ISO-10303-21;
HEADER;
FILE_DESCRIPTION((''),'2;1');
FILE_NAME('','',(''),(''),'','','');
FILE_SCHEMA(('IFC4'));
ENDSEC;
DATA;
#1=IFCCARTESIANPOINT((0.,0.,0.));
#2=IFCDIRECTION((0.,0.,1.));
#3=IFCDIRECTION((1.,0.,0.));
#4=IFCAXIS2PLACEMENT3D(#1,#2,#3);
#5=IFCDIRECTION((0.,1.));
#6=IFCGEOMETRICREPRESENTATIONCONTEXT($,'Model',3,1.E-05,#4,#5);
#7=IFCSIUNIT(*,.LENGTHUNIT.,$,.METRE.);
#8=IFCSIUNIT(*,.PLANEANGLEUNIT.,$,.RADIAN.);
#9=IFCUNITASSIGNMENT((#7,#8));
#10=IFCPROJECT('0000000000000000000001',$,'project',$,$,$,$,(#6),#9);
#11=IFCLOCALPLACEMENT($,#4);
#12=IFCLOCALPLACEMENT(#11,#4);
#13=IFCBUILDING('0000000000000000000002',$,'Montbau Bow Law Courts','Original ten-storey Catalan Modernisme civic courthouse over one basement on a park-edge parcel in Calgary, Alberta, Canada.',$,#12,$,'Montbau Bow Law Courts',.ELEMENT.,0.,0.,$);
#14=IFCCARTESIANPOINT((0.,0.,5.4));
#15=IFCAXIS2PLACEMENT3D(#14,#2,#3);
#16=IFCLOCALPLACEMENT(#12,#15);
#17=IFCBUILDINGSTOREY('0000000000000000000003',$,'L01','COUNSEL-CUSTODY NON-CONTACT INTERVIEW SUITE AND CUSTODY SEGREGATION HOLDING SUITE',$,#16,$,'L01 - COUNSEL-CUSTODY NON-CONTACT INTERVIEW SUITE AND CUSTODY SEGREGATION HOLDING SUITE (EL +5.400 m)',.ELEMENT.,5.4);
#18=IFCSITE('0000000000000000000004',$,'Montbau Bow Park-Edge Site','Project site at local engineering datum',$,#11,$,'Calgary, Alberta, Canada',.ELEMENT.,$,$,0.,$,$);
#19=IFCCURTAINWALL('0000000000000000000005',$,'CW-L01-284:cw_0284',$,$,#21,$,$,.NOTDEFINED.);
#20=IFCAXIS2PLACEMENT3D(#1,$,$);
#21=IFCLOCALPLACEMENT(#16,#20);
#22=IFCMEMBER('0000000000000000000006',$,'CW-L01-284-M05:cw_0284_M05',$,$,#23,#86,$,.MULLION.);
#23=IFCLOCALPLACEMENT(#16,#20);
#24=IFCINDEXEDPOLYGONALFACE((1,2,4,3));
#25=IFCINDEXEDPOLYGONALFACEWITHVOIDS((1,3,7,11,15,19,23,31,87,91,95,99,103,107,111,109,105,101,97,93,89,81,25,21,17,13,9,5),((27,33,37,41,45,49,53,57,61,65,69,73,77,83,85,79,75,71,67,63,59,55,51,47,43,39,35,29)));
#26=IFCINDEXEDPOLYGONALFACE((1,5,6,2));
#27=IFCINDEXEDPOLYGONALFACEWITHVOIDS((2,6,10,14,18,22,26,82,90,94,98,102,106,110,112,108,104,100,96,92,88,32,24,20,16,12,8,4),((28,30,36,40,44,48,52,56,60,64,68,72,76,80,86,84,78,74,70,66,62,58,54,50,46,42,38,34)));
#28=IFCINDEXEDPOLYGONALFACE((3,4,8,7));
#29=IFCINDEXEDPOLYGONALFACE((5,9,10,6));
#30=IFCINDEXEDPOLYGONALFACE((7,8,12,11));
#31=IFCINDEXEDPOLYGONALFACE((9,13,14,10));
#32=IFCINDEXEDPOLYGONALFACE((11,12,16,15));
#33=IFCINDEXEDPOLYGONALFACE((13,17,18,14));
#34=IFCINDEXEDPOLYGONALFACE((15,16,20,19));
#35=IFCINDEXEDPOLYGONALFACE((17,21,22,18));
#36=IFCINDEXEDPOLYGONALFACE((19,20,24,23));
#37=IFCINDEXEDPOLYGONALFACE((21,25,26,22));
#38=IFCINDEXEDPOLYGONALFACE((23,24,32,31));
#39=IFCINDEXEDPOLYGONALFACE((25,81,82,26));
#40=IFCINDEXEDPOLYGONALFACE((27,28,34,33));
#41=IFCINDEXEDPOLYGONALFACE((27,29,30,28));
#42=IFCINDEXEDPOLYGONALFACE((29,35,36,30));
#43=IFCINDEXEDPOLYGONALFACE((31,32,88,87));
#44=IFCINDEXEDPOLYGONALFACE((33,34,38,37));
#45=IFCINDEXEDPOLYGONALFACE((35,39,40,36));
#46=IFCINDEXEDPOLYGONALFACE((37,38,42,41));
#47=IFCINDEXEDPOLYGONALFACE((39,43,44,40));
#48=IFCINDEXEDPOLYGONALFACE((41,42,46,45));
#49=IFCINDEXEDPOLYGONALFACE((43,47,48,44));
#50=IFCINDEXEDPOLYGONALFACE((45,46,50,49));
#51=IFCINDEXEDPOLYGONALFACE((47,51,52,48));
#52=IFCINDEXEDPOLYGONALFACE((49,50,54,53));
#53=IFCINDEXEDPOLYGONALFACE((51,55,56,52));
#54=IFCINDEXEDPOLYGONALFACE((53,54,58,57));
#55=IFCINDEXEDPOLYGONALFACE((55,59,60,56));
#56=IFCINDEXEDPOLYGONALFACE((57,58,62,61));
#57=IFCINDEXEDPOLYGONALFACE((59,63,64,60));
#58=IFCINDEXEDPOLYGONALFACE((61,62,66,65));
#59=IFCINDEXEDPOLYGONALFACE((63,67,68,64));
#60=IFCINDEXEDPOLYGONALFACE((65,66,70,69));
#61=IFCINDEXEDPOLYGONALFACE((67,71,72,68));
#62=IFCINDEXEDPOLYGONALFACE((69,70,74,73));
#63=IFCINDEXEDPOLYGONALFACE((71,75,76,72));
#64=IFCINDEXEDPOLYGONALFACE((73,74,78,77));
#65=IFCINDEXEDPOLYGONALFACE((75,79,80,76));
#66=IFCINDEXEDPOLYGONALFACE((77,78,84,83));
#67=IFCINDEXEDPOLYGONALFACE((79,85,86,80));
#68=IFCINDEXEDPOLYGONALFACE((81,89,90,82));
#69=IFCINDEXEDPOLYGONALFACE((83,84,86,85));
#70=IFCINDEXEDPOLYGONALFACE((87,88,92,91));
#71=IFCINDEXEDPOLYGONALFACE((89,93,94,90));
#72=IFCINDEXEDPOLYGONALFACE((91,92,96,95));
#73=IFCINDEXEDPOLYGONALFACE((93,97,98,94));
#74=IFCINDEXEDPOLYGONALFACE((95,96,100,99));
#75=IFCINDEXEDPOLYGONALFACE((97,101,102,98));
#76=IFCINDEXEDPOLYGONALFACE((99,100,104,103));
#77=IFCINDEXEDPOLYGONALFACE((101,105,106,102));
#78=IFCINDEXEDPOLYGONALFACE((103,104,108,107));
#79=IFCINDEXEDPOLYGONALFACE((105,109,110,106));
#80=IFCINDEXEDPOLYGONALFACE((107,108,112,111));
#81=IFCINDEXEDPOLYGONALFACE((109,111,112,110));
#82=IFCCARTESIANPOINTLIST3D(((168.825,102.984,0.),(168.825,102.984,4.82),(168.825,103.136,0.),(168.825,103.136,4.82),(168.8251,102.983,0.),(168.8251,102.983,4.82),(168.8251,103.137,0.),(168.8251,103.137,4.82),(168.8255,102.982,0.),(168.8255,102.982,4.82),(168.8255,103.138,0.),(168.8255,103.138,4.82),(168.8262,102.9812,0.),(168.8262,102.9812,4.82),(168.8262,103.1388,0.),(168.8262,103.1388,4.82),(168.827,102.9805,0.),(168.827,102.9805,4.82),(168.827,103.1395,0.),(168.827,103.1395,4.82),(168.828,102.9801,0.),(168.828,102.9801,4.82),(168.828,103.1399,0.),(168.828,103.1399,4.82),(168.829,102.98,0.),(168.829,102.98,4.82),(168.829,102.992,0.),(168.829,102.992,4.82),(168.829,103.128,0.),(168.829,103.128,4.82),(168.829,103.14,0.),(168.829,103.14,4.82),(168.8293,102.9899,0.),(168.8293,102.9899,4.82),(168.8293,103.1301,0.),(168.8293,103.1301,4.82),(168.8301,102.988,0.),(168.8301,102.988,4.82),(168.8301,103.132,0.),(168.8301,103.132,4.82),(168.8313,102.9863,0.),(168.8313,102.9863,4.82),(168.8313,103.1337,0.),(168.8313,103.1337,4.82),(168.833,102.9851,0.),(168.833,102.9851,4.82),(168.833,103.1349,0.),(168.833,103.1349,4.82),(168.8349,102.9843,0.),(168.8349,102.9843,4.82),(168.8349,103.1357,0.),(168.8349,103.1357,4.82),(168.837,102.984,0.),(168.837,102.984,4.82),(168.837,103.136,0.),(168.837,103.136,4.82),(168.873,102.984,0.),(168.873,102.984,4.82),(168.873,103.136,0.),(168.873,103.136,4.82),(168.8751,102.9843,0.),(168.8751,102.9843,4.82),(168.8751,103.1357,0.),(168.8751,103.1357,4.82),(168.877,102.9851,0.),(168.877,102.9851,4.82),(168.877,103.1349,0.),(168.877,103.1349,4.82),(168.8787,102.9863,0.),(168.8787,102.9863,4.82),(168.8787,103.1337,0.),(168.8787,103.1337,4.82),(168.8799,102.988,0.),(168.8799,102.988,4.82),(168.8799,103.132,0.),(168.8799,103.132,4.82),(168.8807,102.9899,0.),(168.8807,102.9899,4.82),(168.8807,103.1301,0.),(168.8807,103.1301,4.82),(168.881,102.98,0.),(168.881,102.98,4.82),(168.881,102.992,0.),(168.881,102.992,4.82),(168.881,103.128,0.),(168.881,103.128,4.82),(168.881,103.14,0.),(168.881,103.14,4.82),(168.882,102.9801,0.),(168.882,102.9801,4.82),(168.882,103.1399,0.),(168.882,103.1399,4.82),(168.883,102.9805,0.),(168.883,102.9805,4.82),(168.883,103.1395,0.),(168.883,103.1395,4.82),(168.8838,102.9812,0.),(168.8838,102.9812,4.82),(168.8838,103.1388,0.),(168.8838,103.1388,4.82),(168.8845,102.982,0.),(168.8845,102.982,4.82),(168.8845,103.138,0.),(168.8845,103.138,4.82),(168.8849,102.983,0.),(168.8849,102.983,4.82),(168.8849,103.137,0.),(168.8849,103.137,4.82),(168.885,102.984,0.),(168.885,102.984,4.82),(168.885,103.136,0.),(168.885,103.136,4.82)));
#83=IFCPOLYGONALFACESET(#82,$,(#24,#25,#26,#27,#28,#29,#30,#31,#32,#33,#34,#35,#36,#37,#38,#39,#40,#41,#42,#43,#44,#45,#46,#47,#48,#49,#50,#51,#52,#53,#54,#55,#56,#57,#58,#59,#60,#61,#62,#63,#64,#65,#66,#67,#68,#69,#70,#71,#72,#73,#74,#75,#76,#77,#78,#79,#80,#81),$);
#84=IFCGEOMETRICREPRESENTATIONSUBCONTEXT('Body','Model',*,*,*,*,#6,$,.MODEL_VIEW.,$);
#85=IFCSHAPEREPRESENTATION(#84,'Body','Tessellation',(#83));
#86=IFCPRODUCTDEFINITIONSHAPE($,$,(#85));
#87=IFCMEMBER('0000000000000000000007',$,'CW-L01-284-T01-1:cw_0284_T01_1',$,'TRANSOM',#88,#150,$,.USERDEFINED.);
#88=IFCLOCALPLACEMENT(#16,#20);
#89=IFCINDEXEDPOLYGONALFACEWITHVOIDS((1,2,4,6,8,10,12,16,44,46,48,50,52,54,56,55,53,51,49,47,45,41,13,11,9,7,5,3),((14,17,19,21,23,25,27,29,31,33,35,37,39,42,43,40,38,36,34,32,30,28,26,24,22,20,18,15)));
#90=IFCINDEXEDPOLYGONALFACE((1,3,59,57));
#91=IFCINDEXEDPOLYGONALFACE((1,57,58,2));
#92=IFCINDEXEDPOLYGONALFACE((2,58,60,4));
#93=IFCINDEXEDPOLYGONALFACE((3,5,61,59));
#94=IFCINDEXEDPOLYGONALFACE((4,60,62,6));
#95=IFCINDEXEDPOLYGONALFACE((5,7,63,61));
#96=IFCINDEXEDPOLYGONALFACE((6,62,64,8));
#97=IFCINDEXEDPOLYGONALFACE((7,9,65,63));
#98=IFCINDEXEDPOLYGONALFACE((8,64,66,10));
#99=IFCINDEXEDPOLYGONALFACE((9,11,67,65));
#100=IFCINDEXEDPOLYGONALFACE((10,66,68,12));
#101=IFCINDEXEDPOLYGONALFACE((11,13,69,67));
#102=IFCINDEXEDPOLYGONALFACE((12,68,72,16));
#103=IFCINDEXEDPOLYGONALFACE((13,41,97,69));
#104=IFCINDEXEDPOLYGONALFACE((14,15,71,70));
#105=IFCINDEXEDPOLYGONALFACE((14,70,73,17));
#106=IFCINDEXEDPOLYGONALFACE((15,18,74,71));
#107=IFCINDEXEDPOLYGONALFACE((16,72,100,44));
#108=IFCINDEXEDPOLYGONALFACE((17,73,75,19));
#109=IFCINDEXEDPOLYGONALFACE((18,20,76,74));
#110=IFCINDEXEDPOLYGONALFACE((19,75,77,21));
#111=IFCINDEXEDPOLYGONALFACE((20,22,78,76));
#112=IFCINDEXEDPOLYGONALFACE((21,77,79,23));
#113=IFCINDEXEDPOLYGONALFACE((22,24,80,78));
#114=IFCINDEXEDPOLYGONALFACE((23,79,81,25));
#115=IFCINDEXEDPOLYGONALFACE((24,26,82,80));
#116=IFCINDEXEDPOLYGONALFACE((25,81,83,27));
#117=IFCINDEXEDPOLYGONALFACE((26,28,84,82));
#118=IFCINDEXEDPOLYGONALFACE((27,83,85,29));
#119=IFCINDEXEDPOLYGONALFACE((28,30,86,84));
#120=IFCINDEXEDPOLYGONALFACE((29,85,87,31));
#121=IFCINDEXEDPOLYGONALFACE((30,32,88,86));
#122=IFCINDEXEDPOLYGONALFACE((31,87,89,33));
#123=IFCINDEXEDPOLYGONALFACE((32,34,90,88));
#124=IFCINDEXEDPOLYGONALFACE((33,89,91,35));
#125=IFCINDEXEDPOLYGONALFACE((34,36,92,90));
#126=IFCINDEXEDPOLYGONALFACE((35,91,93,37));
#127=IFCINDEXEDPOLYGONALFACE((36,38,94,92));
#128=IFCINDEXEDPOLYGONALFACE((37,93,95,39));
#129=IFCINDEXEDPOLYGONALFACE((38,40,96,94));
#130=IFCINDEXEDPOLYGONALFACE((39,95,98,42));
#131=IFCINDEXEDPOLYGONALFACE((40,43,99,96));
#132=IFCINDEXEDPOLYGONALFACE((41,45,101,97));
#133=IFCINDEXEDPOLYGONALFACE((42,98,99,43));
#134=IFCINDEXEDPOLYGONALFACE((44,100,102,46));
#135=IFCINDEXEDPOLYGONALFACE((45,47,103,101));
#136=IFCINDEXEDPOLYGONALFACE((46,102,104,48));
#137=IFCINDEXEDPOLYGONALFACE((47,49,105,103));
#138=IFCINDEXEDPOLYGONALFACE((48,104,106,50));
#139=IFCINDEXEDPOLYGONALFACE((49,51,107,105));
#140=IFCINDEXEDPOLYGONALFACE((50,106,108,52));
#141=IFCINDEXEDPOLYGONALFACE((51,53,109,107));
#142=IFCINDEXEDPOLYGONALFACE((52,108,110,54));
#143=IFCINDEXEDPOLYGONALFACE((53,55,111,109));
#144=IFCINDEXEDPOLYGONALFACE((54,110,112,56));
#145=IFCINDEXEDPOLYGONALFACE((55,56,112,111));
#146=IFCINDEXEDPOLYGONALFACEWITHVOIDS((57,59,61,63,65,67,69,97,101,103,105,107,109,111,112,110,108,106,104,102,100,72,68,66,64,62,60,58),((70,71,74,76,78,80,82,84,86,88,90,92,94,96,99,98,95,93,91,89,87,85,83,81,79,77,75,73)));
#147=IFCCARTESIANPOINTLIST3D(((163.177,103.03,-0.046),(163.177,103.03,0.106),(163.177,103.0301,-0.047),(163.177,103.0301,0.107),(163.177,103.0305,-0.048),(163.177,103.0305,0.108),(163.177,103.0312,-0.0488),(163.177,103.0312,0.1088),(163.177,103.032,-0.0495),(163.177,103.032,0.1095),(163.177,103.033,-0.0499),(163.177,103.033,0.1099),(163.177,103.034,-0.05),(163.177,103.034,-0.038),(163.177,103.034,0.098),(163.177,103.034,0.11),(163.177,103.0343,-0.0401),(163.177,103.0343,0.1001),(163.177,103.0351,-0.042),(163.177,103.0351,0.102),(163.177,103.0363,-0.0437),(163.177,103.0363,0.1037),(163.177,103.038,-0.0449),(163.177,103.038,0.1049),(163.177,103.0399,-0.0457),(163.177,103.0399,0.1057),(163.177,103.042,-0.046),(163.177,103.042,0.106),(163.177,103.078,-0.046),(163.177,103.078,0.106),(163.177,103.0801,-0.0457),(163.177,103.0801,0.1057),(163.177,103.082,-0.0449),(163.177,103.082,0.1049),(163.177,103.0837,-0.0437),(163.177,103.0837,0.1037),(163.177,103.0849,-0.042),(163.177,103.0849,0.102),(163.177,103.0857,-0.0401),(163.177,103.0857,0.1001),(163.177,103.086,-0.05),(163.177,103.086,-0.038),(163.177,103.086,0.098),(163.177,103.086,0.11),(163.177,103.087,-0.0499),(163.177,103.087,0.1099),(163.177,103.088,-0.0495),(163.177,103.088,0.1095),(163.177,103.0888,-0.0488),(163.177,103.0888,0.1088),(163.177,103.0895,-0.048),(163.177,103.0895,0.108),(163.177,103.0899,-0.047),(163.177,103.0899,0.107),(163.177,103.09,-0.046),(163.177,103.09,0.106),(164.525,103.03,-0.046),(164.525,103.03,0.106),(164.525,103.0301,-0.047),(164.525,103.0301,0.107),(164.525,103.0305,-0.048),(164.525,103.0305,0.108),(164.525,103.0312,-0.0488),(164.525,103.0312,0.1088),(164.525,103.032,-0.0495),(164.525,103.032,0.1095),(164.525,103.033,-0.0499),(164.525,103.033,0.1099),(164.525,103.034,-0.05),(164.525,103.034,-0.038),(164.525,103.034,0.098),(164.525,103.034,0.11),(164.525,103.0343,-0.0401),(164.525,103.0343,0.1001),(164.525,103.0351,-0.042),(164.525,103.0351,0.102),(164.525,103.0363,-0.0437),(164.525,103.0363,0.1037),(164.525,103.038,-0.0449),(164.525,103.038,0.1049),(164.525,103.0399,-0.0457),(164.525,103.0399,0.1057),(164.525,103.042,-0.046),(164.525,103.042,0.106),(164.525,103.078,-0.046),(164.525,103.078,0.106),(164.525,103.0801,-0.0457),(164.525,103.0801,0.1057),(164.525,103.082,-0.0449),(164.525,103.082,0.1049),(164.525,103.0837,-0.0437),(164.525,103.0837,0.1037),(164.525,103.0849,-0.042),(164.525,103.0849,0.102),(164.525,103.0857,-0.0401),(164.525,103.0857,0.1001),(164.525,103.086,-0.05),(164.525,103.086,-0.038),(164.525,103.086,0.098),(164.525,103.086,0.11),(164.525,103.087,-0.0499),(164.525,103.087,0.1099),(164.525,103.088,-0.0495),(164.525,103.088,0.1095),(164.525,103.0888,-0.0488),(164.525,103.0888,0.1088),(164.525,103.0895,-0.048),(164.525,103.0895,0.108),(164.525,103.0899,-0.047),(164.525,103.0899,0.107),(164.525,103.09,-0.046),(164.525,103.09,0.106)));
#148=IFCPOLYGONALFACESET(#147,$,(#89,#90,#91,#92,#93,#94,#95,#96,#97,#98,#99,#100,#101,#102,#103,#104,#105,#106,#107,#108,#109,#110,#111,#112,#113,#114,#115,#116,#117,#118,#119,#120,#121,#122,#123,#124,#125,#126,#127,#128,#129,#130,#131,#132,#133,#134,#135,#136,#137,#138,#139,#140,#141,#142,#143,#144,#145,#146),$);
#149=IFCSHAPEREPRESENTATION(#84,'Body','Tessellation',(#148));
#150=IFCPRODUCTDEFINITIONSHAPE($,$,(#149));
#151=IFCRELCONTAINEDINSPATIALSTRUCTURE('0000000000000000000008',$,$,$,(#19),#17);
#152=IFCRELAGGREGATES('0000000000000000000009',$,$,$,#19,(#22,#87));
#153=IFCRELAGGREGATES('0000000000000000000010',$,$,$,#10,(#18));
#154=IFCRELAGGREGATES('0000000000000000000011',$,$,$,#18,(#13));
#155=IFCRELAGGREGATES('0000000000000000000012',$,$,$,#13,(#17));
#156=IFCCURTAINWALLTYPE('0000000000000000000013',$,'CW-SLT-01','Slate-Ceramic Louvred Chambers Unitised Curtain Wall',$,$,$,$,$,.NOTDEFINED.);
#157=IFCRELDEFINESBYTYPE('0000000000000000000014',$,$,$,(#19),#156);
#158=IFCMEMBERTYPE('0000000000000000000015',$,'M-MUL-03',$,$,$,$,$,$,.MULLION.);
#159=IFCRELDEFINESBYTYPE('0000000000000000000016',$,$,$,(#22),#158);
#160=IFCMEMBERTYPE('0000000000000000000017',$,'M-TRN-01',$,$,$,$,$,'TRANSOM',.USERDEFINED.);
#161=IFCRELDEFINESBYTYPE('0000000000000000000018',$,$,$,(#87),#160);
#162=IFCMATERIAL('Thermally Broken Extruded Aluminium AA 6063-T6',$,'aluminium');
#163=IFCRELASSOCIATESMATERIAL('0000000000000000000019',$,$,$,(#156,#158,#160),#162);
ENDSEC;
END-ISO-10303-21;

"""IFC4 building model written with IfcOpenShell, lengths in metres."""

from ifc_helpers import new_model, si_unit, direction, frame, origin_with_axes, origin_2d_with_axis, place, context, subcontext, project, spatial, hollow_rectangle, extrude, material, material_profile, profile_set, type_object, element, aggregate, save


model = new_model("IFC4")

# Units and contexts
model_context = context("Model", 3, precision=1e-05, world=origin_with_axes(), true_north=direction((0.0, 1.0)))
body_context = subcontext(model_context, "Body", "Model", "MODEL_VIEW")
ifc_project = project(units=[si_unit("LENGTHUNIT", "METRE"), si_unit("PLANEANGLEUNIT", "RADIAN")], contexts=[model_context])

# Site, building, storey
site_placement = place(None, origin_with_axes())
site = spatial("IfcSite", under=ifc_project, at=site_placement, Name="Montbau Bow Park-Edge Site", Description="Project site at local engineering datum", LongName="Calgary, Alberta, Canada", CompositionType="ELEMENT", RefElevation=0.0)
building_placement = place(site_placement, origin_with_axes())
building = spatial("IfcBuilding", under=site, at=building_placement, Name="Montbau Bow Law Courts", Description="Original ten-storey Catalan Modernisme civic courthouse over one basement on a park-edge parcel in Calgary, Alberta, Canada.", LongName="Montbau Bow Law Courts", CompositionType="ELEMENT", ElevationOfRefHeight=0.0, ElevationOfTerrain=0.0)
storey_placement = place(building_placement, frame((0.0, 0.0, 5.4), z_axis=(0.0, 0.0, 1.0), x_axis=(1.0, 0.0, 0.0)))
storey = spatial("IfcBuildingStorey", under=building, at=storey_placement, Name="L01", Description="COUNSEL-CUSTODY NON-CONTACT INTERVIEW SUITE AND CUSTODY SEGREGATION HOLDING SUITE", LongName="L01 - COUNSEL-CUSTODY NON-CONTACT INTERVIEW SUITE AND CUSTODY SEGREGATION HOLDING SUITE (EL +5.400 m)", CompositionType="ELEMENT", Elevation=5.4)

# Shared definitions
ifc_material_1 = material(Name="Thermally Broken Extruded Aluminium AA 6063-T6", Category="aluminium")
curtain_wall_type = type_object("IfcCurtainWallType", Name="CW-SLT-01", Description="Slate-Ceramic Louvred Chambers Unitised Curtain Wall", PredefinedType="NOTDEFINED", material=ifc_material_1)

# Curtain wall, members
curtain_wall_1_placement = place(None, frame((163.115, 103.06, 5.4), z_axis=(0.0, 0.0, 1.0), x_axis=(1.0, 0.0, 0.0)))
curtain_wall_1 = element("IfcCurtainWall", 1, at=curtain_wall_1_placement, inside=storey, type_object=curtain_wall_type, Name="CW-L01-284:cw_0284", PredefinedType="NOTDEFINED")
ifc_material_profile_1 = material_profile(ifc_material_1, hollow_rectangle(XDim=0.06, YDim=0.16, WallThickness=0.004, InnerFilletRadius=0.008, OuterFilletRadius=0.004, at=origin_2d_with_axis()), Name="CWM-160X60", Category="Main", Priority=0)
ifc_profile_set_1 = profile_set([ifc_material_profile_1], Name="Thermally Broken Extruded Aluminium AA 6063-T6")
member_type_1 = type_object("IfcMemberType", Name="M-MUL-03", PredefinedType="MULLION", material=ifc_profile_set_1)
member_1_placement = place(None, frame((168.855, 103.06, 5.4), z_axis=(0.0, 0.0, 1.0), x_axis=(1.0, 0.0, 0.0)))
member_1 = element("IfcMember", 2, at=member_1_placement, type_object=member_type_1, Name="CW-L01-284-M05:cw_0284_M05", PredefinedType="MULLION", context=body_context, shape_type="SweptSolid", body=[
    extrude(hollow_rectangle(XDim=0.06, YDim=0.16, WallThickness=0.004, InnerFilletRadius=0.008, OuterFilletRadius=0.004, at=origin_2d_with_axis()), origin_with_axes(), (0.0, 0.0, 1.0), 4.82),
])
ifc_material_profile_2 = material_profile(ifc_material_1, hollow_rectangle(XDim=0.06, YDim=0.16, WallThickness=0.004, InnerFilletRadius=0.008, OuterFilletRadius=0.004, at=origin_2d_with_axis()), Name="CWT-160X60", Category="Main", Priority=0)
ifc_profile_set_2 = profile_set([ifc_material_profile_2], Name="Thermally Broken Extruded Aluminium AA 6063-T6")
member_type_2 = type_object("IfcMemberType", Name="M-TRN-01", ElementType="TRANSOM", PredefinedType="USERDEFINED", material=ifc_profile_set_2)
member_2_placement = place(None, frame((163.177, 103.06, 5.43), z_axis=(1.0, 0.0, 0.0), x_axis=(0.0, 1.0, 0.0)))
member_2 = element("IfcMember", 3, at=member_2_placement, type_object=member_type_2, Name="CW-L01-284-T01-1:cw_0284_T01_1", ObjectType="TRANSOM", PredefinedType="USERDEFINED", context=body_context, shape_type="SweptSolid", body=[
    extrude(hollow_rectangle(XDim=0.06, YDim=0.16, WallThickness=0.004, InnerFilletRadius=0.008, OuterFilletRadius=0.004, at=origin_2d_with_axis()), origin_with_axes(), (0.0, 0.0, 1.0), 1.348),
])

aggregate(curtain_wall_1, [member_1, member_2])

save(model, "model.ifc")
